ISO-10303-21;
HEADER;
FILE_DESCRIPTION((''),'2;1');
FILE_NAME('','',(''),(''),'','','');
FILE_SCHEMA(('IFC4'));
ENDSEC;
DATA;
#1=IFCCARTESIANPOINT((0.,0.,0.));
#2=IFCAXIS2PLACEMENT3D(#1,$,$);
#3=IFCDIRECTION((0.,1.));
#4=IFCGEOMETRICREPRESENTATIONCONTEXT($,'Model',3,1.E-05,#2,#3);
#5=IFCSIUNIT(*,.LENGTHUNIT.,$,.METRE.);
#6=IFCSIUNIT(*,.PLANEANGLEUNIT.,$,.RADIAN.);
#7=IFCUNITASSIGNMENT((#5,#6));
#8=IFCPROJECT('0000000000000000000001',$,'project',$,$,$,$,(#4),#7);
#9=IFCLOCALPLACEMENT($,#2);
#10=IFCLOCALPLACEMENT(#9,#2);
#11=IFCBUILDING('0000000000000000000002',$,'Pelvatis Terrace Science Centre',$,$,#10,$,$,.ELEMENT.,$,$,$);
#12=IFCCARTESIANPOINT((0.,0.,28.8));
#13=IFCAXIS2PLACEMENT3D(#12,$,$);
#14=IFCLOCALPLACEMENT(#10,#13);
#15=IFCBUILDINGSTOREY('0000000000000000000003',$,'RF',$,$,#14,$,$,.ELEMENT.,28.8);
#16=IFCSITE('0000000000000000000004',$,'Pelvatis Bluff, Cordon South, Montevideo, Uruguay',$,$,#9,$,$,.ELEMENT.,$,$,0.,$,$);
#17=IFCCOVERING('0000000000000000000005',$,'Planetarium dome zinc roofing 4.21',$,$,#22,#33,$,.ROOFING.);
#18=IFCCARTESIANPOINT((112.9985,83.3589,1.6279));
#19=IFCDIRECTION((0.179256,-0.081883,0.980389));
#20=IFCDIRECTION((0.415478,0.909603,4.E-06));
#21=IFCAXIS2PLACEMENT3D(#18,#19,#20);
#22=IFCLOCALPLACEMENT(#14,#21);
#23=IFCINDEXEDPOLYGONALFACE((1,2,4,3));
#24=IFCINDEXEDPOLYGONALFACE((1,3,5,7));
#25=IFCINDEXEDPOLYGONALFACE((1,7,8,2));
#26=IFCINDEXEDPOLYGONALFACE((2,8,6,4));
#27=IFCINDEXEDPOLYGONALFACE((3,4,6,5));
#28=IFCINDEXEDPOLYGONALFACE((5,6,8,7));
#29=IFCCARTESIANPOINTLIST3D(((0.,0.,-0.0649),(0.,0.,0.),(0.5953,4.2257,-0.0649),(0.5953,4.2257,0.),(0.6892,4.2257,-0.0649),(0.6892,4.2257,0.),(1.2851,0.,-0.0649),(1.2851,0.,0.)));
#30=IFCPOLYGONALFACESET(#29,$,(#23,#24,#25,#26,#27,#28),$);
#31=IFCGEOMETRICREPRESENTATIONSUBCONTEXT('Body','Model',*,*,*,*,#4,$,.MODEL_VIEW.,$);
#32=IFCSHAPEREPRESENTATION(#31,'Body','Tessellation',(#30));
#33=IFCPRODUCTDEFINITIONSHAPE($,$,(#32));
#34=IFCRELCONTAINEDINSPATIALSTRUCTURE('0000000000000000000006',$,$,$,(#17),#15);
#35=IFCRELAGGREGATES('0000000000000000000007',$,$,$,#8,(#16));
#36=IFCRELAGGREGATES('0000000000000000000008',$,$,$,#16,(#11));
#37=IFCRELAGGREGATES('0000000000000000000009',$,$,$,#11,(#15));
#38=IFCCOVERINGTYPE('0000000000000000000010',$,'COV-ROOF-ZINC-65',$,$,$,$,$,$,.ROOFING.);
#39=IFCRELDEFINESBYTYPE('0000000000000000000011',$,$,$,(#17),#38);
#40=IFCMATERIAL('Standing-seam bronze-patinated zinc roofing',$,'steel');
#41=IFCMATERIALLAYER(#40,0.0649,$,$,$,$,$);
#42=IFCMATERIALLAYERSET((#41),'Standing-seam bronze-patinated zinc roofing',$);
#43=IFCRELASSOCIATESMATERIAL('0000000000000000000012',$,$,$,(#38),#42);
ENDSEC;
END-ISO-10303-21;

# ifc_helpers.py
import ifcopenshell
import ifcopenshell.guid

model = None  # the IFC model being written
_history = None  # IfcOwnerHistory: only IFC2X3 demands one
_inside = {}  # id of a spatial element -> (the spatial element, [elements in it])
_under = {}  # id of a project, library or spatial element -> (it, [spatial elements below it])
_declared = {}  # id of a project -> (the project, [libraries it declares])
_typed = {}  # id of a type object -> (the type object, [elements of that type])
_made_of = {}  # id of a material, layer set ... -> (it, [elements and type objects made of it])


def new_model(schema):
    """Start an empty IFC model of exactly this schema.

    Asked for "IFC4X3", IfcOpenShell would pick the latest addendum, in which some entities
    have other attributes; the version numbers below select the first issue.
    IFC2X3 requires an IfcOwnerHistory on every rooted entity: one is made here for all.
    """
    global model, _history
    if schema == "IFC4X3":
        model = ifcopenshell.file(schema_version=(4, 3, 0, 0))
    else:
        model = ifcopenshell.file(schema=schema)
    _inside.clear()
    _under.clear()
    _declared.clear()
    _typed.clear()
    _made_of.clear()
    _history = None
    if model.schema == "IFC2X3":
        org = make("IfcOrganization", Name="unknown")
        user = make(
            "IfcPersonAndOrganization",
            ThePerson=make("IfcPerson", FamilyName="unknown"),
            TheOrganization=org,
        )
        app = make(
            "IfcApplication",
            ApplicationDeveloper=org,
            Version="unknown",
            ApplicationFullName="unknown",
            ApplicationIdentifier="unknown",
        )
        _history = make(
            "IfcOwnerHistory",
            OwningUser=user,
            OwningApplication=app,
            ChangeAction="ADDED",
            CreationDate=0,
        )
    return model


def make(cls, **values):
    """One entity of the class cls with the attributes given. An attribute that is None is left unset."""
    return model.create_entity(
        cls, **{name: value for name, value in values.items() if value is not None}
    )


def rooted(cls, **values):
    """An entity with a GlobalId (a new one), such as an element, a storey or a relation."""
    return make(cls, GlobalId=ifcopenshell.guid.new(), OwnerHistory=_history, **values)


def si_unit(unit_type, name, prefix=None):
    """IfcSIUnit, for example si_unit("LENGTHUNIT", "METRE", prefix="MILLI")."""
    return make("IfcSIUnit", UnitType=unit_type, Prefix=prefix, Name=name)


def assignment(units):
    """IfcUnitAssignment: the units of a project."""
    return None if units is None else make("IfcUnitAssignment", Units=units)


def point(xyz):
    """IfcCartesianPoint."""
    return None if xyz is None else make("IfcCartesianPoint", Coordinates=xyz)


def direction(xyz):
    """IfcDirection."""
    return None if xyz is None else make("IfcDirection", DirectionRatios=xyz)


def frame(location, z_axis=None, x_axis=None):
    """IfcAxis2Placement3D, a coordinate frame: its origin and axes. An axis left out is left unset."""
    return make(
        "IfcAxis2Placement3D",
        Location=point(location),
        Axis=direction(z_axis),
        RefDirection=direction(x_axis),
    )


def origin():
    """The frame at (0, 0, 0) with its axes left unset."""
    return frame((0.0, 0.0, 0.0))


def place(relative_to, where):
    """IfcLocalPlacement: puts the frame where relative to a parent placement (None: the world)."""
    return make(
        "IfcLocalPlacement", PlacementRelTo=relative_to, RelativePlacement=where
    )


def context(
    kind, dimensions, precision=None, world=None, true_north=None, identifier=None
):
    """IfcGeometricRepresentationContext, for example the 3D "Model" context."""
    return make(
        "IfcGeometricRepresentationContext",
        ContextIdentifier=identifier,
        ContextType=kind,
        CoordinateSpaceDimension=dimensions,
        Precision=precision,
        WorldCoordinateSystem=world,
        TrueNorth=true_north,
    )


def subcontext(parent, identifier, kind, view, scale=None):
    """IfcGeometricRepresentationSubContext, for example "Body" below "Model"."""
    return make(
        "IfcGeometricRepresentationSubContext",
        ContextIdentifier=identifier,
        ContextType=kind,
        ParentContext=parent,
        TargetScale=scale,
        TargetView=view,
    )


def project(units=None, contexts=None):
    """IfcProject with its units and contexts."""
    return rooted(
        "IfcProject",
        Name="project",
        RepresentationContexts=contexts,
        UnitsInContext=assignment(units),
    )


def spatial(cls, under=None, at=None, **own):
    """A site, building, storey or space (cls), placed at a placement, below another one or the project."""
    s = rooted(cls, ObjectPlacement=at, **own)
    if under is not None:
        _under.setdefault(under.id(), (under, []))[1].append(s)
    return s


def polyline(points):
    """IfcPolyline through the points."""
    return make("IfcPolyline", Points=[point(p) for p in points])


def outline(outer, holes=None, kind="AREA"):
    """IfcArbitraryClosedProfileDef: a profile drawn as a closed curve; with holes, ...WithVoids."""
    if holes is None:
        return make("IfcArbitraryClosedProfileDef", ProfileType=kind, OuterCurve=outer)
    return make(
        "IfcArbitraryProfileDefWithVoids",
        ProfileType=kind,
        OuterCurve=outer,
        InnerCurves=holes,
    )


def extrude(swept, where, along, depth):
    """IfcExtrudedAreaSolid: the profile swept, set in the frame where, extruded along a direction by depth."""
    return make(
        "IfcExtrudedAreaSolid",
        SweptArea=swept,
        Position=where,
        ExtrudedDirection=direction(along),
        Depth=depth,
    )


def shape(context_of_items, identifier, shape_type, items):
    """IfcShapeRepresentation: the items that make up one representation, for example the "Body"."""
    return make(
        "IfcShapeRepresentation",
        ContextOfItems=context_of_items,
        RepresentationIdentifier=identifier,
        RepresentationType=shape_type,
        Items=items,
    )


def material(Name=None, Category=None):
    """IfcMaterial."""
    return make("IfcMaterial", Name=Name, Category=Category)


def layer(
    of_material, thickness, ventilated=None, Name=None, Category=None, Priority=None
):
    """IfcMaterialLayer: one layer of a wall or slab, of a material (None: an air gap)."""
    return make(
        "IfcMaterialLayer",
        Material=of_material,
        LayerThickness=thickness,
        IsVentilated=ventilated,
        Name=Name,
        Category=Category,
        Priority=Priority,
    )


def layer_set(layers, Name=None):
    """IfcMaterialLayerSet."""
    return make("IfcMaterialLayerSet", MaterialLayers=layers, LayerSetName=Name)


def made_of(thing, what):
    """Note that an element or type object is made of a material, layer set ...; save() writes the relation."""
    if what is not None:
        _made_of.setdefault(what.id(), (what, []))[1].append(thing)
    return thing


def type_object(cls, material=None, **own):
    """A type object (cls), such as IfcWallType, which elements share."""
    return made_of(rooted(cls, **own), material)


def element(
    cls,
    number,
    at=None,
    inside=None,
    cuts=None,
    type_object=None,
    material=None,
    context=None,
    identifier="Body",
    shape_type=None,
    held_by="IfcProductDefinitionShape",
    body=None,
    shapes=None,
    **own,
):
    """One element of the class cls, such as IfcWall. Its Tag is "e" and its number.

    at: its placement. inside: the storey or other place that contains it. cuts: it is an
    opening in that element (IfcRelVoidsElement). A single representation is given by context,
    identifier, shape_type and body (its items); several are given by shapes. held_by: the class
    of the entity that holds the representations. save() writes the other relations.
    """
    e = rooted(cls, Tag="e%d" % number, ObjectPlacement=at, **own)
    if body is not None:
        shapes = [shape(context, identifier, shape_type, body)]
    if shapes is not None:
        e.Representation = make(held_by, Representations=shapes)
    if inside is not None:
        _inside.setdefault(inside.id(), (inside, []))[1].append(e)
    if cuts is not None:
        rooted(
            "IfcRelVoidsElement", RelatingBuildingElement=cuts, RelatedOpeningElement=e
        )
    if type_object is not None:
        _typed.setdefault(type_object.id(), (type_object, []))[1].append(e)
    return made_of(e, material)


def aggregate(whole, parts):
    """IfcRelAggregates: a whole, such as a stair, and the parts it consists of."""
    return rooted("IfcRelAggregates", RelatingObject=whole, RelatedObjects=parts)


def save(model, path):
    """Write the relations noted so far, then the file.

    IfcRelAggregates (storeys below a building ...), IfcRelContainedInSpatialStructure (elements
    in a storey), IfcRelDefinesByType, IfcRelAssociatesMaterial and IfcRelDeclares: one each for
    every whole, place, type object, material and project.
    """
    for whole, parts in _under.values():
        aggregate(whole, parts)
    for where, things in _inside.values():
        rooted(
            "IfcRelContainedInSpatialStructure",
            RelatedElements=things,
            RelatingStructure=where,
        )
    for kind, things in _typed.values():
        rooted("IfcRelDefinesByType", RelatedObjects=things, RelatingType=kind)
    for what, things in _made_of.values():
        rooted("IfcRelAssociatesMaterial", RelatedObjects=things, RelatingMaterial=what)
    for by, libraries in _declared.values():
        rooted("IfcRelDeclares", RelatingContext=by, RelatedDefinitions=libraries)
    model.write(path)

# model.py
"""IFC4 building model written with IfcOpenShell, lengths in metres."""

from ifc_helpers import new_model, si_unit, direction, frame, origin, place, context, subcontext, project, spatial, polyline, outline, extrude, material, layer, layer_set, type_object, element, save


model = new_model("IFC4")

# Units and contexts
model_context = context("Model", 3, precision=1e-05, world=origin(), true_north=direction((0.0, 1.0)))
body_context = subcontext(model_context, "Body", "Model", "MODEL_VIEW")
ifc_project = project(units=[si_unit("LENGTHUNIT", "METRE"), si_unit("PLANEANGLEUNIT", "RADIAN")], contexts=[model_context])

# Site, building, storey
site_placement = place(None, origin())
site = spatial("IfcSite", under=ifc_project, at=site_placement, Name="Pelvatis Bluff, Cordon South, Montevideo, Uruguay", CompositionType="ELEMENT", RefElevation=0.0)
building_placement = place(site_placement, origin())
building = spatial("IfcBuilding", under=site, at=building_placement, Name="Pelvatis Terrace Science Centre", CompositionType="ELEMENT")
storey_placement = place(building_placement, frame((0.0, 0.0, 28.8)))
storey = spatial("IfcBuildingStorey", under=building, at=storey_placement, Name="RF", CompositionType="ELEMENT", Elevation=28.8)

# Covering
ifc_material_1 = material(Name="Standing-seam bronze-patinated zinc roofing", Category="steel")
ifc_layer_1 = layer(ifc_material_1, 0.0649)
ifc_layer_set_1 = layer_set([ifc_layer_1], Name="Standing-seam bronze-patinated zinc roofing")
covering_type = type_object("IfcCoveringType", Name="COV-ROOF-ZINC-65", PredefinedType="ROOFING", material=ifc_layer_set_1)
covering_1_placement = place(storey_placement, frame((112.9985, 83.3589, 1.6279), z_axis=(0.179256, -0.081883, 0.980389), x_axis=(0.415478, 0.909603, 0.000004)))
element("IfcCovering", 1, at=covering_1_placement, inside=storey, type_object=covering_type, Name="Planetarium dome zinc roofing 4.21", PredefinedType="ROOFING", context=body_context, shape_type="SweptSolid", body=[
    extrude(outline(polyline([(0.0, 0.0), (1.2851, 0.0), (0.6892, 4.2257), (0.5953, 4.2257), (0.0, 0.0)])), origin(), (0.0, 0.0, -1.0), 0.0649),
])

save(model, "model.ifc")
